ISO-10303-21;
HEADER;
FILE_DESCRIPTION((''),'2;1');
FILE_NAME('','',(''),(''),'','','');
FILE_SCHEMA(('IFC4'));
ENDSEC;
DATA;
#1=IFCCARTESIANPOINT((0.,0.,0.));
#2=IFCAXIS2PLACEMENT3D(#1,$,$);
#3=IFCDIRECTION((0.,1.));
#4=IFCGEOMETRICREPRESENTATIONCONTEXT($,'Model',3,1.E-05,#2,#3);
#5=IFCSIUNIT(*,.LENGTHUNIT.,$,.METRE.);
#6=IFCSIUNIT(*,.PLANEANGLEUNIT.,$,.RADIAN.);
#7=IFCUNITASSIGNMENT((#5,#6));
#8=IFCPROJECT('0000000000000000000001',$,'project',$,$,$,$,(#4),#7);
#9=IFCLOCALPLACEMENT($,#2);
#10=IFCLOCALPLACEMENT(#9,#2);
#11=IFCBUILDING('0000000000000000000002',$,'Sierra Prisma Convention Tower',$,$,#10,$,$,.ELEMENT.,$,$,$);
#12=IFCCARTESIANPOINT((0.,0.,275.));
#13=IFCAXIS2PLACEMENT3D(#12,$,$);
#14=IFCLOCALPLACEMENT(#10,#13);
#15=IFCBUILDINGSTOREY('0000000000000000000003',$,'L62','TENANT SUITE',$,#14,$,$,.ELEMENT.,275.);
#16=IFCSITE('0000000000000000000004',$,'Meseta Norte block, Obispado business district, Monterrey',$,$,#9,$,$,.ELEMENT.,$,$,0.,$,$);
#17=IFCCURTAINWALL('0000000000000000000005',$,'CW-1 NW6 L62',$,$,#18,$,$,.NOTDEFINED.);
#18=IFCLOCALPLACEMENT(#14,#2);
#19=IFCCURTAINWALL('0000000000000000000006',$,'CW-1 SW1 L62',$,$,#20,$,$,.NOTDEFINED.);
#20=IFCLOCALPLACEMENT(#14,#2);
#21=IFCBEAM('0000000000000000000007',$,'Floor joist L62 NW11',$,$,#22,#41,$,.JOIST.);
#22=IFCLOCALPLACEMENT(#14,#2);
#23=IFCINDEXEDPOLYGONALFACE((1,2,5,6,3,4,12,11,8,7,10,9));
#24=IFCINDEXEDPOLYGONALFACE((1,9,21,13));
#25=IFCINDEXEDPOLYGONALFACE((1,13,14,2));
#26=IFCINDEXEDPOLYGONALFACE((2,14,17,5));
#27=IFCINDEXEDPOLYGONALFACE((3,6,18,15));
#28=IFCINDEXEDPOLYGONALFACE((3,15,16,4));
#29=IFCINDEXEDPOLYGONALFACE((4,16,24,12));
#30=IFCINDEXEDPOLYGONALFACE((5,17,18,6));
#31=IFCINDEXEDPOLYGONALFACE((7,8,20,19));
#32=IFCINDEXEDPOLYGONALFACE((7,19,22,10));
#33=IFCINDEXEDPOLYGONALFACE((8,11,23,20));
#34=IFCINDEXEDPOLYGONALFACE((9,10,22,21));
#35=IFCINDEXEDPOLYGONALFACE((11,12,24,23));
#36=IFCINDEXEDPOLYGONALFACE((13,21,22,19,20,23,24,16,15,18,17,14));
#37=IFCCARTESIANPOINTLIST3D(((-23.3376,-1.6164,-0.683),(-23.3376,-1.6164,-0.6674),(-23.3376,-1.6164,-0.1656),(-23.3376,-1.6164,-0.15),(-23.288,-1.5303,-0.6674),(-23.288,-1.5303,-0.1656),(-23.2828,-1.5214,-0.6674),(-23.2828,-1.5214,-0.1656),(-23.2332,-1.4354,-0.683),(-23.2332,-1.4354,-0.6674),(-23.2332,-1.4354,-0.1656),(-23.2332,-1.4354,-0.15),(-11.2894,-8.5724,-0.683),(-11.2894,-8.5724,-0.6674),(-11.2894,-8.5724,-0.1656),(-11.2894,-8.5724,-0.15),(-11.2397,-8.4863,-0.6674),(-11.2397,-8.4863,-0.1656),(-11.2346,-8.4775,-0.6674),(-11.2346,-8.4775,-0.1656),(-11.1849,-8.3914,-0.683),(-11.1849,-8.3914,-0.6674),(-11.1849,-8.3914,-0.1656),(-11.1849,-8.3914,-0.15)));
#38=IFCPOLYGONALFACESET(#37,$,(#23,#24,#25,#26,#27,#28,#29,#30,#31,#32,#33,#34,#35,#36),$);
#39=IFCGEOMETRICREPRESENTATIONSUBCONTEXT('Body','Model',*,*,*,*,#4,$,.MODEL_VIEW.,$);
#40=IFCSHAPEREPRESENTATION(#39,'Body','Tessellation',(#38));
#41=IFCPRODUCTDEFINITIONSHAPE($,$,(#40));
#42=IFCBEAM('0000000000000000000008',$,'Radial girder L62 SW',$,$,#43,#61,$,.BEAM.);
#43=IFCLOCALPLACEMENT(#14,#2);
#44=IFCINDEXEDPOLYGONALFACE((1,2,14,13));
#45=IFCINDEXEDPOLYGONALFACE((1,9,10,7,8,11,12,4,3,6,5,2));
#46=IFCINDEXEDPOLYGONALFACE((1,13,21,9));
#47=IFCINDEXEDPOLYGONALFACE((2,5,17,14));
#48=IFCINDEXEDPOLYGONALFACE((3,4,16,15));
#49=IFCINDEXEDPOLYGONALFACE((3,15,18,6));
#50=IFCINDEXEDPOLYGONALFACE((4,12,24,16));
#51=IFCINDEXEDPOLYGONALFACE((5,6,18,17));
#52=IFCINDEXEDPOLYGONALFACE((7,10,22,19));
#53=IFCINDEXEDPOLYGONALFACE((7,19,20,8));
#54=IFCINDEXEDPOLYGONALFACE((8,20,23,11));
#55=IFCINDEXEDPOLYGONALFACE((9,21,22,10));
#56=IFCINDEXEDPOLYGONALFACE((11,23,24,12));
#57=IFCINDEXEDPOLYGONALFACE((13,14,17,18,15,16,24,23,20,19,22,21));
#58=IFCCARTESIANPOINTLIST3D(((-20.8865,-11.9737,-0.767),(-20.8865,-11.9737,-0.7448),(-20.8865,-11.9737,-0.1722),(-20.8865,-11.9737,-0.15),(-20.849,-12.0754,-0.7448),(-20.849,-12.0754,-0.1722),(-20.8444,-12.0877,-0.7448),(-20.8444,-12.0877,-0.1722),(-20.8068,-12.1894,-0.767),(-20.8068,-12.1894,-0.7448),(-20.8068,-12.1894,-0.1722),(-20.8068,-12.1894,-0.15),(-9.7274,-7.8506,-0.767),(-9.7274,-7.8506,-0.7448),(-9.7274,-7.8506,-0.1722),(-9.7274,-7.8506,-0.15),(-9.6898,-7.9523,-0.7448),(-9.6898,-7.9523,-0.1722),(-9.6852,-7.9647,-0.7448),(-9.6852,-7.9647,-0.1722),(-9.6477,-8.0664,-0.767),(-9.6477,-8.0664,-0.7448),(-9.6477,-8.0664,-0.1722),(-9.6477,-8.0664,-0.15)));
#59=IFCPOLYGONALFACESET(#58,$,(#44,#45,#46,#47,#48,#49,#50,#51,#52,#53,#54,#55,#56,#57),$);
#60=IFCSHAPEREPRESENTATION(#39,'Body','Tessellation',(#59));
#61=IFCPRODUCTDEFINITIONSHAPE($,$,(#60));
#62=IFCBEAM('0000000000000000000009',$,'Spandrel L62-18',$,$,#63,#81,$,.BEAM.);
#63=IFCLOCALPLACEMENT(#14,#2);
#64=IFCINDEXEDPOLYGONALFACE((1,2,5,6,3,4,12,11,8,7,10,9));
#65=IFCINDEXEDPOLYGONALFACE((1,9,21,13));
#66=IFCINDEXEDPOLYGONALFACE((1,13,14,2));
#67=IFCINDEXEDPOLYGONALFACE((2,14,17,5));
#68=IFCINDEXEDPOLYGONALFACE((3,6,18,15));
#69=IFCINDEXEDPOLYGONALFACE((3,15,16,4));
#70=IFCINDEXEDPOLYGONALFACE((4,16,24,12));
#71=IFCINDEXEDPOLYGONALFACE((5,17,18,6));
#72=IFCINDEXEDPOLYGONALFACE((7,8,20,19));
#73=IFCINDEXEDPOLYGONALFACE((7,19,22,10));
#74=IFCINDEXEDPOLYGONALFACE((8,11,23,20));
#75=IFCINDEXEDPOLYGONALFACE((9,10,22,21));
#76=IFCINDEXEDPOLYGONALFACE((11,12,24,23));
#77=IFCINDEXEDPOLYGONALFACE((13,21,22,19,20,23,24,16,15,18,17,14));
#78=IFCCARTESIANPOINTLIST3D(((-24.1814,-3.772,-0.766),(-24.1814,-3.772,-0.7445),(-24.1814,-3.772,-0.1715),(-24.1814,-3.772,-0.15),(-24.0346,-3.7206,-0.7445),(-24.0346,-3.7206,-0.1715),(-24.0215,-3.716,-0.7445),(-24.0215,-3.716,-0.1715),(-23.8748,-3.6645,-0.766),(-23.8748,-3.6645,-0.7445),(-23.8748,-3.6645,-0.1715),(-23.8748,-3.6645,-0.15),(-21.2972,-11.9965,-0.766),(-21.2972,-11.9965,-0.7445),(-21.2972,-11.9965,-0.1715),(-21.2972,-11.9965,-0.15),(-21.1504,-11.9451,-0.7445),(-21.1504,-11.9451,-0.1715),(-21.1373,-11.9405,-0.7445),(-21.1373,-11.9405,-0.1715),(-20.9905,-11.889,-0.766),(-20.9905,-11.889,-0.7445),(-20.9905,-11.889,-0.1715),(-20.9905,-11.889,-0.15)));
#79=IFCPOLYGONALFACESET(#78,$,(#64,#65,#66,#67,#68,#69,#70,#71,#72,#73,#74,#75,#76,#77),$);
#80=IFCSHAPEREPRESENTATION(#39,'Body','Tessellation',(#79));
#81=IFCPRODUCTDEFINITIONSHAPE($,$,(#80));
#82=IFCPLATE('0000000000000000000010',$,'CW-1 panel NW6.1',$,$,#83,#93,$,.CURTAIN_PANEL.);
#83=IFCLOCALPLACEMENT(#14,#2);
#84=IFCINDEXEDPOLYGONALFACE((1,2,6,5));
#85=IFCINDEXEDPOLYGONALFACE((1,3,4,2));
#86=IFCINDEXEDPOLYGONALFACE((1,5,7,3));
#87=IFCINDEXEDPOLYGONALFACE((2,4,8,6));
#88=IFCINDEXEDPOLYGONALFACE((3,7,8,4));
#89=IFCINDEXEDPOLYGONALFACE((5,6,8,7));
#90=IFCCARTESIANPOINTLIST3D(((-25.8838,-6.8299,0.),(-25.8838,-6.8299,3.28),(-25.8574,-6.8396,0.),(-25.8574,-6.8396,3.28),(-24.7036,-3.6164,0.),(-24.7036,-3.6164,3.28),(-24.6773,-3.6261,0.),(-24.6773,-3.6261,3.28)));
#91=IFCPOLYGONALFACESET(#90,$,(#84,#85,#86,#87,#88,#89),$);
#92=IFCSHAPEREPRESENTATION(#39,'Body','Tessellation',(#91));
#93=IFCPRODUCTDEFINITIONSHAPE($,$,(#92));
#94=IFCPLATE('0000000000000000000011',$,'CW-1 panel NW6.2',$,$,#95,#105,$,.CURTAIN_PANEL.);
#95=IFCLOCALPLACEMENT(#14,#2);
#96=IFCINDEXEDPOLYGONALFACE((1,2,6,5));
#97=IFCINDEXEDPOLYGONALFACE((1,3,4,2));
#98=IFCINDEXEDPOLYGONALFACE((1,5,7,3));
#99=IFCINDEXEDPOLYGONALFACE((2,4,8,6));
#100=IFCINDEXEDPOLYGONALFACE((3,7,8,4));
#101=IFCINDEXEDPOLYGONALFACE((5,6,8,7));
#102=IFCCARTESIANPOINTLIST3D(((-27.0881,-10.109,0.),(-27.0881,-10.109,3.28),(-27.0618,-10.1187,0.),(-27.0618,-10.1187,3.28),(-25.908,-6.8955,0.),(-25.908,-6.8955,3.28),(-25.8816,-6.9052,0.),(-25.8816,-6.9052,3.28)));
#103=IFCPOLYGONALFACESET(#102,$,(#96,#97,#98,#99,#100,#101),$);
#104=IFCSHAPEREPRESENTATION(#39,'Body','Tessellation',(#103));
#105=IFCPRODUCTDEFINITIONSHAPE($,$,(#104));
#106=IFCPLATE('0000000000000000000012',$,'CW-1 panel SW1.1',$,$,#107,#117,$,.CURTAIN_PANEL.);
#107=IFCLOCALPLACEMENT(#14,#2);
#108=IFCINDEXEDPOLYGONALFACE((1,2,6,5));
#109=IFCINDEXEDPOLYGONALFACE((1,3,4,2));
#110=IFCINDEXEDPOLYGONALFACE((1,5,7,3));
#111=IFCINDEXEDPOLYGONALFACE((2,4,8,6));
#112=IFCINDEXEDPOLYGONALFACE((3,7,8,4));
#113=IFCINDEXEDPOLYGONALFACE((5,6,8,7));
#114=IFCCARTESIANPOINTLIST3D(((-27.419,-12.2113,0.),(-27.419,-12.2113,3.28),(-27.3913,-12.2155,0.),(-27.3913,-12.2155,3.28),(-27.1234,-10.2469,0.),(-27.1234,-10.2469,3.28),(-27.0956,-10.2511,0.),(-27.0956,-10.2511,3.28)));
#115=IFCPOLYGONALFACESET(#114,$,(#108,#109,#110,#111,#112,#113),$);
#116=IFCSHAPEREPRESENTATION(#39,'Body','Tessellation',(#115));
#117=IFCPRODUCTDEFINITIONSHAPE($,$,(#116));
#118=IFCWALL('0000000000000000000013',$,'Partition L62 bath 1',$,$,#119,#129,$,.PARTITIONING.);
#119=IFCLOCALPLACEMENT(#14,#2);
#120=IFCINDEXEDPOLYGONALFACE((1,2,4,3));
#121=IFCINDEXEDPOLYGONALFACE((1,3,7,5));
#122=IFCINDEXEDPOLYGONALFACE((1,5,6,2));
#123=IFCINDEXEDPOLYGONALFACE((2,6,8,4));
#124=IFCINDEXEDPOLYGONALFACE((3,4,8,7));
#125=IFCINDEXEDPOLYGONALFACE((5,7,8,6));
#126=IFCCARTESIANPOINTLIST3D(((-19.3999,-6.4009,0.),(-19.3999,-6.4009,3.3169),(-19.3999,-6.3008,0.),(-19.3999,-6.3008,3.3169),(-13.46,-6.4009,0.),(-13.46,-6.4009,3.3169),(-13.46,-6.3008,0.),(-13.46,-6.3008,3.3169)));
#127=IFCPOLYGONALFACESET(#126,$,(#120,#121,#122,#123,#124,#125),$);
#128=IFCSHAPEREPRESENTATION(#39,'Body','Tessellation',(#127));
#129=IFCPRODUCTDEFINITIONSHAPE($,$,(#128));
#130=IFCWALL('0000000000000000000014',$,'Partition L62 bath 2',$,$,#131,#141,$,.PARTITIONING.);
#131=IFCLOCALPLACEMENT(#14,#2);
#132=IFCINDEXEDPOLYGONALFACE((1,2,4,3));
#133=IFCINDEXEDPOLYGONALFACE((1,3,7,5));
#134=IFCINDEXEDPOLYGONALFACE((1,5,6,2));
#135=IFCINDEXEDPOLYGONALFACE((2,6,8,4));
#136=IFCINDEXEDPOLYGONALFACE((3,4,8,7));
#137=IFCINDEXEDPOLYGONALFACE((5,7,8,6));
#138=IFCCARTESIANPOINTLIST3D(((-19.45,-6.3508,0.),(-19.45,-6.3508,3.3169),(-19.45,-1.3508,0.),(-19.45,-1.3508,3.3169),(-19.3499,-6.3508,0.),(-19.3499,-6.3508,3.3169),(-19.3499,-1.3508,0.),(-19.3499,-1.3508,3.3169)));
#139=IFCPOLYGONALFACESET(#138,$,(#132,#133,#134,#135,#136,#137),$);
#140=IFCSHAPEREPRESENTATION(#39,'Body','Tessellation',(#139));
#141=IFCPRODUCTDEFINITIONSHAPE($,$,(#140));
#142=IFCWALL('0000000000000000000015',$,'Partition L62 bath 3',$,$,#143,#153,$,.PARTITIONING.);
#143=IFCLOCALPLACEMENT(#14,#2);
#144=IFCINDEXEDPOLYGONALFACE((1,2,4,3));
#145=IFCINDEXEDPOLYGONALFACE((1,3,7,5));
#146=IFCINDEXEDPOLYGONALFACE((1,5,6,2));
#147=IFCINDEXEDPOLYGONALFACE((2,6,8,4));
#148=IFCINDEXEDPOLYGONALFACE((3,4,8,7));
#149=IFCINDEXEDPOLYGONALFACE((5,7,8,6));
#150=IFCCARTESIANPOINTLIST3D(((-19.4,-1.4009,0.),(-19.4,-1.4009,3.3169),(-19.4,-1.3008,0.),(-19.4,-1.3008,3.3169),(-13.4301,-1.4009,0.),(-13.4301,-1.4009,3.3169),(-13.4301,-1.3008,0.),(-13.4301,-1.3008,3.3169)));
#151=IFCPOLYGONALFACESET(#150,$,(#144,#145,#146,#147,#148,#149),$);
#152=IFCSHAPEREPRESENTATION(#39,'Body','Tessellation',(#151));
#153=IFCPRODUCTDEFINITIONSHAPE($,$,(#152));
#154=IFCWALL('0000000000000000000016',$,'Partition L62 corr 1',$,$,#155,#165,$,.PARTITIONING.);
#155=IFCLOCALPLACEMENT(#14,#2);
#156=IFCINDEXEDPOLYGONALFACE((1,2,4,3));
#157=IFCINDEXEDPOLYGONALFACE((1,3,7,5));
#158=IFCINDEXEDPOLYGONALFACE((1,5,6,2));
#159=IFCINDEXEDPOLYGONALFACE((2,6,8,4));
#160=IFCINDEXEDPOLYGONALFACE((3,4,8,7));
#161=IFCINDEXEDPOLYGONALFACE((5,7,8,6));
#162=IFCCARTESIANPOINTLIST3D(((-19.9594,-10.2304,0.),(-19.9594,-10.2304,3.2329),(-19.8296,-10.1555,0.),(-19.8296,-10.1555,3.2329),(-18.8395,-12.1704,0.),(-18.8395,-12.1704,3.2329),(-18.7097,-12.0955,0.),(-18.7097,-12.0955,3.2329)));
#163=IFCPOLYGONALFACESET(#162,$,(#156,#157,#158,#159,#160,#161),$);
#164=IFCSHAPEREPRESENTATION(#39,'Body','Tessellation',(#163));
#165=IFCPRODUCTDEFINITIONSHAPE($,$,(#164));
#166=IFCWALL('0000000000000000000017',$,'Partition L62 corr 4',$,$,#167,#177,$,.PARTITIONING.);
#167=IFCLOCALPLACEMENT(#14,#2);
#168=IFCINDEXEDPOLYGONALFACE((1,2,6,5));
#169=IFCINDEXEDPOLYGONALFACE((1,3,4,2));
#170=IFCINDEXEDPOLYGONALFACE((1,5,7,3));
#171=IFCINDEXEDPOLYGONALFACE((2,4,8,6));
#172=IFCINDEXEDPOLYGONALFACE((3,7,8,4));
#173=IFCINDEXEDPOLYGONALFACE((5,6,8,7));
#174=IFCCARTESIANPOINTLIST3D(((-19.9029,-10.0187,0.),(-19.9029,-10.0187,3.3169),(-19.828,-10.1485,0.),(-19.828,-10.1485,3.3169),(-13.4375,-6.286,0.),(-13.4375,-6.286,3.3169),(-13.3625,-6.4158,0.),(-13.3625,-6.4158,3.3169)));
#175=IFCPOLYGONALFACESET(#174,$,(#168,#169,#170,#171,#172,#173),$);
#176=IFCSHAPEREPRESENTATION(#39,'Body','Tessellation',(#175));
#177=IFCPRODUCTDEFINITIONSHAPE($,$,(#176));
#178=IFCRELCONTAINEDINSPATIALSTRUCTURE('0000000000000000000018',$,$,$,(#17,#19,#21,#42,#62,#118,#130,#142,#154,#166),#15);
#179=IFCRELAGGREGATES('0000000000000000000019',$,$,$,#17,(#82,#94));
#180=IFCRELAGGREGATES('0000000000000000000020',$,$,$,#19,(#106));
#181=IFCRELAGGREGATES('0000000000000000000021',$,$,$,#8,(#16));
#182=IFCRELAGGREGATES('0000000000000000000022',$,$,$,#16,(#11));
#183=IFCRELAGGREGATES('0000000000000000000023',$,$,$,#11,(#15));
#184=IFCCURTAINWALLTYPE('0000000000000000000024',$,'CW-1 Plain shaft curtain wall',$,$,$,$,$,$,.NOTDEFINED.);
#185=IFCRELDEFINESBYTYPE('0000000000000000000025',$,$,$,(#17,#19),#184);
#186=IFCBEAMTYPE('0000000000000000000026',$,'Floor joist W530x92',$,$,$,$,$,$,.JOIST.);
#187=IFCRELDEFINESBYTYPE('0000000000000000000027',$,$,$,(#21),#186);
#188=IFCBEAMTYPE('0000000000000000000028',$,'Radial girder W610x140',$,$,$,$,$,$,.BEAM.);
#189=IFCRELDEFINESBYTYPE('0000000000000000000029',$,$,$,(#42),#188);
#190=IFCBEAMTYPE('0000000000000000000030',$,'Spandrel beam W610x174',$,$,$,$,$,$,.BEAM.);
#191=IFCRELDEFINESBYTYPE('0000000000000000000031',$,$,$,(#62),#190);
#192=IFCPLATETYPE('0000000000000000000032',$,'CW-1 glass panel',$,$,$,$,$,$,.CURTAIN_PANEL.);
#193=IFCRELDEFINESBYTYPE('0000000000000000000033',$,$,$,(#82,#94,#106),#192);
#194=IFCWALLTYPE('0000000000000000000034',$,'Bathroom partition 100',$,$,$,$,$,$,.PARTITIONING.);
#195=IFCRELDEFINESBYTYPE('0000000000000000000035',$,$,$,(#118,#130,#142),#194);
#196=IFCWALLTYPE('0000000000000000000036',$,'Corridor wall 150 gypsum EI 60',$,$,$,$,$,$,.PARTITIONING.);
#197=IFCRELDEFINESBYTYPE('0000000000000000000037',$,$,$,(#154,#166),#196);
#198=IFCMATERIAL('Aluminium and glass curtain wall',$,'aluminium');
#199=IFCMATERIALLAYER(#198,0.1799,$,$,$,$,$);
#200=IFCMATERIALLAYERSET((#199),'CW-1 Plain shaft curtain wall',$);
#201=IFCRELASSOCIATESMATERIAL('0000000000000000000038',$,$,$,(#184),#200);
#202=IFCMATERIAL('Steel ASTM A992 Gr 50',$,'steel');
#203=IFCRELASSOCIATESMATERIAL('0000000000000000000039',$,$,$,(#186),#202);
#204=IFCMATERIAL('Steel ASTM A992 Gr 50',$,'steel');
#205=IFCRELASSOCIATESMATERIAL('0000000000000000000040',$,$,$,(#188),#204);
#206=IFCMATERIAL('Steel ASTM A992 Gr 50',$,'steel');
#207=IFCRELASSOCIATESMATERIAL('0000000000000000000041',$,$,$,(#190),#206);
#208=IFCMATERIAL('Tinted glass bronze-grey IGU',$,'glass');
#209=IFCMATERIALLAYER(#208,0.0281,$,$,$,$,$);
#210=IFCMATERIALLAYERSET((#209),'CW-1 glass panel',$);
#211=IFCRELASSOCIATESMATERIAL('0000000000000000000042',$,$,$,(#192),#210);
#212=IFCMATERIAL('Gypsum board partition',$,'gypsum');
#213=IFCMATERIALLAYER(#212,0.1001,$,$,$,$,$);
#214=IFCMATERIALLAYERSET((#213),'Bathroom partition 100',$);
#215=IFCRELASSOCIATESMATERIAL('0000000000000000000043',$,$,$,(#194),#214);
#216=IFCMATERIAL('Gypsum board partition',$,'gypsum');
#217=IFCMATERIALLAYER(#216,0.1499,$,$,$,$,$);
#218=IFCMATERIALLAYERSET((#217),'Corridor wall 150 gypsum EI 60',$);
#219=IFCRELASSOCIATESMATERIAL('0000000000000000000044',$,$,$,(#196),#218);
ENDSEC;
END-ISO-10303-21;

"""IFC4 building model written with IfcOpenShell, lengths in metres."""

from ifc_helpers import new_model, si_unit, direction, frame, frame_2d, origin, origin_2d, place, context, subcontext, project, spatial, rectangle, i_section, extrude, material, layer, layer_set, material_profile, profile_set, type_object, element, aggregate, save


model = new_model("IFC4")

# Units and contexts
model_context = context("Model", 3, precision=1e-05, world=origin(), true_north=direction((0.0, 1.0)))
body_context = subcontext(model_context, "Body", "Model", "MODEL_VIEW")
ifc_project = project(units=[si_unit("LENGTHUNIT", "METRE"), si_unit("PLANEANGLEUNIT", "RADIAN")], contexts=[model_context])

# Site, building, storey
site_placement = place(None, origin())
site = spatial("IfcSite", under=ifc_project, at=site_placement, Name="Meseta Norte block, Obispado business district, Monterrey", CompositionType="ELEMENT", RefElevation=0.0)
building_placement = place(site_placement, origin())
building = spatial("IfcBuilding", under=site, at=building_placement, Name="Sierra Prisma Convention Tower", CompositionType="ELEMENT")
storey_placement = place(building_placement, frame((0.0, 0.0, 275.0)))
storey = spatial("IfcBuildingStorey", under=building, at=storey_placement, Name="L62", Description="TENANT SUITE", CompositionType="ELEMENT", Elevation=275.0)

# Curtain walls
ifc_material_1 = material(Name="Aluminium and glass curtain wall", Category="aluminium")
ifc_layer_1 = layer(ifc_material_1, 0.1799)
ifc_layer_set_1 = layer_set([ifc_layer_1], Name="CW-1 Plain shaft curtain wall")
curtain_wall_type = type_object("IfcCurtainWallType", Name="CW-1 Plain shaft curtain wall", PredefinedType="NOTDEFINED", material=ifc_layer_set_1)
curtain_wall_1_placement = place(storey_placement, origin())
curtain_wall_1 = element("IfcCurtainWall", 1, at=curtain_wall_1_placement, inside=storey, type_object=curtain_wall_type, Name="CW-1 NW6 L62", PredefinedType="NOTDEFINED")
curtain_wall_2_placement = place(storey_placement, origin())
curtain_wall_2 = element("IfcCurtainWall", 2, at=curtain_wall_2_placement, inside=storey, type_object=curtain_wall_type, Name="CW-1 SW1 L62", PredefinedType="NOTDEFINED")

# Beams
ifc_material_2 = material(Name="Steel ASTM A992 Gr 50", Category="steel")
ifc_material_profile_1 = material_profile(ifc_material_2, i_section(OverallWidth=0.209, OverallDepth=0.533, WebThickness=0.0103, FlangeThickness=0.0156, at=origin_2d()), Name="W530x92")
ifc_profile_set_1 = profile_set([ifc_material_profile_1], Name="Steel ASTM A992 Gr 50")
beam_type_1 = type_object("IfcBeamType", Name="Floor joist W530x92", PredefinedType="JOIST", material=ifc_profile_set_1)
beam_1_placement = place(storey_placement, frame((-23.2854, -1.5259, -0.4165), z_axis=(0.866027, -0.499997, 0.0), x_axis=(0.499997, 0.866027, 0.0)))
element("IfcBeam", 3, at=beam_1_placement, inside=storey, type_object=beam_type_1, Name="Floor joist L62 NW11", PredefinedType="JOIST", context=body_context, shape_type="SweptSolid", body=[
    extrude(i_section(OverallWidth=0.209, OverallDepth=0.533, WebThickness=0.0103, FlangeThickness=0.0156, at=origin_2d()), origin(), (0.0, 0.0, 1.0), 13.9121),
])
ifc_material_3 = material(Name="Steel ASTM A992 Gr 50", Category="steel")
ifc_material_profile_2 = material_profile(ifc_material_3, i_section(OverallWidth=0.23, OverallDepth=0.6169, WebThickness=0.0132, FlangeThickness=0.0222, at=origin_2d()), Name="W610x140")
ifc_profile_set_2 = profile_set([ifc_material_profile_2], Name="Steel ASTM A992 Gr 50")
beam_type_2 = type_object("IfcBeamType", Name="Radial girder W610x140", PredefinedType="BEAM", material=ifc_profile_set_2)
beam_2_placement = place(storey_placement, frame((-20.8467, -12.0815, -0.4585), z_axis=(0.938022, 0.346576, 0.0), x_axis=(-0.346576, 0.938022, 0.0)))
element("IfcBeam", 4, at=beam_2_placement, inside=storey, type_object=beam_type_2, Name="Radial girder L62 SW", PredefinedType="BEAM", context=body_context, shape_type="SweptSolid", body=[
    extrude(i_section(OverallWidth=0.23, OverallDepth=0.6169, WebThickness=0.0132, FlangeThickness=0.0222, at=origin_2d()), origin(), (0.0, 0.0, 1.0), 11.8965),
])
ifc_material_4 = material(Name="Steel ASTM A992 Gr 50", Category="steel")
ifc_material_profile_3 = material_profile(ifc_material_4, i_section(OverallWidth=0.325, OverallDepth=0.616, WebThickness=0.0139, FlangeThickness=0.0215, at=origin_2d()), Name="W610x174")
ifc_profile_set_3 = profile_set([ifc_material_profile_3], Name="Steel ASTM A992 Gr 50")
beam_type_3 = type_object("IfcBeamType", Name="Spandrel beam W610x174", PredefinedType="BEAM", material=ifc_profile_set_3)
beam_3_placement = place(storey_placement, frame((-24.0281, -3.7183, -0.458), z_axis=(0.330929, -0.943656, 0.0), x_axis=(0.943656, 0.330929, 0.0)))
element("IfcBeam", 5, at=beam_3_placement, inside=storey, type_object=beam_type_3, Name="Spandrel L62-18", PredefinedType="BEAM", context=body_context, shape_type="SweptSolid", body=[
    extrude(i_section(OverallWidth=0.325, OverallDepth=0.616, WebThickness=0.0139, FlangeThickness=0.0215, at=origin_2d()), origin(), (0.0, 0.0, 1.0), 8.7156),
])

# Plates
ifc_material_5 = material(Name="Tinted glass bronze-grey IGU", Category="glass")
ifc_layer_2 = layer(ifc_material_5, 0.0281)
ifc_layer_set_2 = layer_set([ifc_layer_2], Name="CW-1 glass panel")
plate_type = type_object("IfcPlateType", Name="CW-1 glass panel", PredefinedType="CURTAIN_PANEL", material=ifc_layer_set_2)
plate_1_placement = place(storey_placement, frame((-25.2805, -5.228, 0.0), z_axis=(0.0, 0.0, 1.0), x_axis=(-0.344742, -0.938697, 0.0)))
plate_1 = element("IfcPlate", 6, at=plate_1_placement, type_object=plate_type, Name="CW-1 panel NW6.1", PredefinedType="CURTAIN_PANEL", context=body_context, shape_type="SweptSolid", body=[
    extrude(rectangle(XDim=3.4233, YDim=0.0281, at=origin_2d()), origin(), (0.0, 0.0, 1.0), 3.28),
])
plate_2_placement = place(storey_placement, frame((-26.4849, -8.5071, 0.0), z_axis=(0.0, 0.0, 1.0), x_axis=(-0.344742, -0.938697, 0.0)))
plate_2 = element("IfcPlate", 7, at=plate_2_placement, type_object=plate_type, Name="CW-1 panel NW6.2", PredefinedType="CURTAIN_PANEL", context=body_context, shape_type="SweptSolid", body=[
    extrude(rectangle(XDim=3.4233, YDim=0.0281, at=origin_2d()), origin(), (0.0, 0.0, 1.0), 3.28),
])
aggregate(curtain_wall_1, [plate_1, plate_2])
plate_3_placement = place(storey_placement, frame((-27.2573, -11.2312, 0.0), z_axis=(0.0, 0.0, 1.0), x_axis=(-0.148835, -0.988862, 0.0)))
plate_3 = element("IfcPlate", 8, at=plate_3_placement, type_object=plate_type, Name="CW-1 panel SW1.1", PredefinedType="CURTAIN_PANEL", context=body_context, shape_type="SweptSolid", body=[
    extrude(rectangle(XDim=1.9866, YDim=0.0281, at=origin_2d()), origin(), (0.0, 0.0, 1.0), 3.28),
])
aggregate(curtain_wall_2, [plate_3])

# Walls
ifc_material_6 = material(Name="Gypsum board partition", Category="gypsum")
ifc_layer_3 = layer(ifc_material_6, 0.1001)
ifc_layer_set_3 = layer_set([ifc_layer_3], Name="Bathroom partition 100")
wall_type_1 = type_object("IfcWallType", Name="Bathroom partition 100", PredefinedType="PARTITIONING", material=ifc_layer_set_3)
wall_1_placement = place(storey_placement, frame((-13.46, -6.3508, 0.0), z_axis=(0.0, 0.0, 1.0), x_axis=(-1.0, 0.0, 0.0)))
element("IfcWall", 9, at=wall_1_placement, inside=storey, type_object=wall_type_1, Name="Partition L62 bath 1", PredefinedType="PARTITIONING", context=body_context, shape_type="SweptSolid", body=[
    extrude(rectangle(XDim=5.9399, YDim=0.1001, at=frame_2d((2.97, 0.0))), origin(), (0.0, 0.0, 1.0), 3.3169),
])
wall_2_placement = place(storey_placement, frame((-19.3999, -6.3508, 0.0), z_axis=(0.0, 0.0, 1.0), x_axis=(0.0, 1.0, 0.0)))
element("IfcWall", 10, at=wall_2_placement, inside=storey, type_object=wall_type_1, Name="Partition L62 bath 2", PredefinedType="PARTITIONING", context=body_context, shape_type="SweptSolid", body=[
    extrude(rectangle(XDim=5.0, YDim=0.1001, at=frame_2d((2.5, 0.0))), origin(), (0.0, 0.0, 1.0), 3.3169),
])
wall_3_placement = place(storey_placement, frame((-19.3999, -1.3508, 0.0), z_axis=(0.0, 0.0, 1.0), x_axis=(1.0, 0.0, 0.0)))
element("IfcWall", 11, at=wall_3_placement, inside=storey, type_object=wall_type_1, Name="Partition L62 bath 3", PredefinedType="PARTITIONING", context=body_context, shape_type="SweptSolid", body=[
    extrude(rectangle(XDim=5.97, YDim=0.1001, at=frame_2d((2.9849, 0.0))), origin(), (0.0, 0.0, 1.0), 3.3169),
])
ifc_material_7 = material(Name="Gypsum board partition", Category="gypsum")
ifc_layer_4 = layer(ifc_material_7, 0.1499)
ifc_layer_set_4 = layer_set([ifc_layer_4], Name="Corridor wall 150 gypsum EI 60")
wall_type_2 = type_object("IfcWallType", Name="Corridor wall 150 gypsum EI 60", PredefinedType="PARTITIONING", material=ifc_layer_set_4)
wall_4_placement = place(storey_placement, frame((-19.8945, -10.1929, 0.0), z_axis=(0.0, 0.0, 1.0), x_axis=(0.499949, -0.866055, 0.0)))
element("IfcWall", 12, at=wall_4_placement, inside=storey, type_object=wall_type_2, Name="Partition L62 corr 1", PredefinedType="PARTITIONING", context=body_context, shape_type="SweptSolid", body=[
    extrude(rectangle(XDim=2.24, YDim=0.1499, at=frame_2d((1.1201, 0.0))), origin(), (0.0, 0.0, 1.0), 3.2329),
])
wall_5_placement = place(storey_placement, frame((-13.3999, -6.3508, 0.0), z_axis=(0.0, 0.0, 1.0), x_axis=(-0.866031, -0.49999, 0.0)))
element("IfcWall", 13, at=wall_5_placement, inside=storey, type_object=wall_type_2, Name="Partition L62 corr 4", PredefinedType="PARTITIONING", context=body_context, shape_type="SweptSolid", body=[
    extrude(rectangle(XDim=7.4656, YDim=0.1499, at=frame_2d((3.7329, 0.0))), origin(), (0.0, 0.0, 1.0), 3.3169),
])

save(model, "model.ifc")
